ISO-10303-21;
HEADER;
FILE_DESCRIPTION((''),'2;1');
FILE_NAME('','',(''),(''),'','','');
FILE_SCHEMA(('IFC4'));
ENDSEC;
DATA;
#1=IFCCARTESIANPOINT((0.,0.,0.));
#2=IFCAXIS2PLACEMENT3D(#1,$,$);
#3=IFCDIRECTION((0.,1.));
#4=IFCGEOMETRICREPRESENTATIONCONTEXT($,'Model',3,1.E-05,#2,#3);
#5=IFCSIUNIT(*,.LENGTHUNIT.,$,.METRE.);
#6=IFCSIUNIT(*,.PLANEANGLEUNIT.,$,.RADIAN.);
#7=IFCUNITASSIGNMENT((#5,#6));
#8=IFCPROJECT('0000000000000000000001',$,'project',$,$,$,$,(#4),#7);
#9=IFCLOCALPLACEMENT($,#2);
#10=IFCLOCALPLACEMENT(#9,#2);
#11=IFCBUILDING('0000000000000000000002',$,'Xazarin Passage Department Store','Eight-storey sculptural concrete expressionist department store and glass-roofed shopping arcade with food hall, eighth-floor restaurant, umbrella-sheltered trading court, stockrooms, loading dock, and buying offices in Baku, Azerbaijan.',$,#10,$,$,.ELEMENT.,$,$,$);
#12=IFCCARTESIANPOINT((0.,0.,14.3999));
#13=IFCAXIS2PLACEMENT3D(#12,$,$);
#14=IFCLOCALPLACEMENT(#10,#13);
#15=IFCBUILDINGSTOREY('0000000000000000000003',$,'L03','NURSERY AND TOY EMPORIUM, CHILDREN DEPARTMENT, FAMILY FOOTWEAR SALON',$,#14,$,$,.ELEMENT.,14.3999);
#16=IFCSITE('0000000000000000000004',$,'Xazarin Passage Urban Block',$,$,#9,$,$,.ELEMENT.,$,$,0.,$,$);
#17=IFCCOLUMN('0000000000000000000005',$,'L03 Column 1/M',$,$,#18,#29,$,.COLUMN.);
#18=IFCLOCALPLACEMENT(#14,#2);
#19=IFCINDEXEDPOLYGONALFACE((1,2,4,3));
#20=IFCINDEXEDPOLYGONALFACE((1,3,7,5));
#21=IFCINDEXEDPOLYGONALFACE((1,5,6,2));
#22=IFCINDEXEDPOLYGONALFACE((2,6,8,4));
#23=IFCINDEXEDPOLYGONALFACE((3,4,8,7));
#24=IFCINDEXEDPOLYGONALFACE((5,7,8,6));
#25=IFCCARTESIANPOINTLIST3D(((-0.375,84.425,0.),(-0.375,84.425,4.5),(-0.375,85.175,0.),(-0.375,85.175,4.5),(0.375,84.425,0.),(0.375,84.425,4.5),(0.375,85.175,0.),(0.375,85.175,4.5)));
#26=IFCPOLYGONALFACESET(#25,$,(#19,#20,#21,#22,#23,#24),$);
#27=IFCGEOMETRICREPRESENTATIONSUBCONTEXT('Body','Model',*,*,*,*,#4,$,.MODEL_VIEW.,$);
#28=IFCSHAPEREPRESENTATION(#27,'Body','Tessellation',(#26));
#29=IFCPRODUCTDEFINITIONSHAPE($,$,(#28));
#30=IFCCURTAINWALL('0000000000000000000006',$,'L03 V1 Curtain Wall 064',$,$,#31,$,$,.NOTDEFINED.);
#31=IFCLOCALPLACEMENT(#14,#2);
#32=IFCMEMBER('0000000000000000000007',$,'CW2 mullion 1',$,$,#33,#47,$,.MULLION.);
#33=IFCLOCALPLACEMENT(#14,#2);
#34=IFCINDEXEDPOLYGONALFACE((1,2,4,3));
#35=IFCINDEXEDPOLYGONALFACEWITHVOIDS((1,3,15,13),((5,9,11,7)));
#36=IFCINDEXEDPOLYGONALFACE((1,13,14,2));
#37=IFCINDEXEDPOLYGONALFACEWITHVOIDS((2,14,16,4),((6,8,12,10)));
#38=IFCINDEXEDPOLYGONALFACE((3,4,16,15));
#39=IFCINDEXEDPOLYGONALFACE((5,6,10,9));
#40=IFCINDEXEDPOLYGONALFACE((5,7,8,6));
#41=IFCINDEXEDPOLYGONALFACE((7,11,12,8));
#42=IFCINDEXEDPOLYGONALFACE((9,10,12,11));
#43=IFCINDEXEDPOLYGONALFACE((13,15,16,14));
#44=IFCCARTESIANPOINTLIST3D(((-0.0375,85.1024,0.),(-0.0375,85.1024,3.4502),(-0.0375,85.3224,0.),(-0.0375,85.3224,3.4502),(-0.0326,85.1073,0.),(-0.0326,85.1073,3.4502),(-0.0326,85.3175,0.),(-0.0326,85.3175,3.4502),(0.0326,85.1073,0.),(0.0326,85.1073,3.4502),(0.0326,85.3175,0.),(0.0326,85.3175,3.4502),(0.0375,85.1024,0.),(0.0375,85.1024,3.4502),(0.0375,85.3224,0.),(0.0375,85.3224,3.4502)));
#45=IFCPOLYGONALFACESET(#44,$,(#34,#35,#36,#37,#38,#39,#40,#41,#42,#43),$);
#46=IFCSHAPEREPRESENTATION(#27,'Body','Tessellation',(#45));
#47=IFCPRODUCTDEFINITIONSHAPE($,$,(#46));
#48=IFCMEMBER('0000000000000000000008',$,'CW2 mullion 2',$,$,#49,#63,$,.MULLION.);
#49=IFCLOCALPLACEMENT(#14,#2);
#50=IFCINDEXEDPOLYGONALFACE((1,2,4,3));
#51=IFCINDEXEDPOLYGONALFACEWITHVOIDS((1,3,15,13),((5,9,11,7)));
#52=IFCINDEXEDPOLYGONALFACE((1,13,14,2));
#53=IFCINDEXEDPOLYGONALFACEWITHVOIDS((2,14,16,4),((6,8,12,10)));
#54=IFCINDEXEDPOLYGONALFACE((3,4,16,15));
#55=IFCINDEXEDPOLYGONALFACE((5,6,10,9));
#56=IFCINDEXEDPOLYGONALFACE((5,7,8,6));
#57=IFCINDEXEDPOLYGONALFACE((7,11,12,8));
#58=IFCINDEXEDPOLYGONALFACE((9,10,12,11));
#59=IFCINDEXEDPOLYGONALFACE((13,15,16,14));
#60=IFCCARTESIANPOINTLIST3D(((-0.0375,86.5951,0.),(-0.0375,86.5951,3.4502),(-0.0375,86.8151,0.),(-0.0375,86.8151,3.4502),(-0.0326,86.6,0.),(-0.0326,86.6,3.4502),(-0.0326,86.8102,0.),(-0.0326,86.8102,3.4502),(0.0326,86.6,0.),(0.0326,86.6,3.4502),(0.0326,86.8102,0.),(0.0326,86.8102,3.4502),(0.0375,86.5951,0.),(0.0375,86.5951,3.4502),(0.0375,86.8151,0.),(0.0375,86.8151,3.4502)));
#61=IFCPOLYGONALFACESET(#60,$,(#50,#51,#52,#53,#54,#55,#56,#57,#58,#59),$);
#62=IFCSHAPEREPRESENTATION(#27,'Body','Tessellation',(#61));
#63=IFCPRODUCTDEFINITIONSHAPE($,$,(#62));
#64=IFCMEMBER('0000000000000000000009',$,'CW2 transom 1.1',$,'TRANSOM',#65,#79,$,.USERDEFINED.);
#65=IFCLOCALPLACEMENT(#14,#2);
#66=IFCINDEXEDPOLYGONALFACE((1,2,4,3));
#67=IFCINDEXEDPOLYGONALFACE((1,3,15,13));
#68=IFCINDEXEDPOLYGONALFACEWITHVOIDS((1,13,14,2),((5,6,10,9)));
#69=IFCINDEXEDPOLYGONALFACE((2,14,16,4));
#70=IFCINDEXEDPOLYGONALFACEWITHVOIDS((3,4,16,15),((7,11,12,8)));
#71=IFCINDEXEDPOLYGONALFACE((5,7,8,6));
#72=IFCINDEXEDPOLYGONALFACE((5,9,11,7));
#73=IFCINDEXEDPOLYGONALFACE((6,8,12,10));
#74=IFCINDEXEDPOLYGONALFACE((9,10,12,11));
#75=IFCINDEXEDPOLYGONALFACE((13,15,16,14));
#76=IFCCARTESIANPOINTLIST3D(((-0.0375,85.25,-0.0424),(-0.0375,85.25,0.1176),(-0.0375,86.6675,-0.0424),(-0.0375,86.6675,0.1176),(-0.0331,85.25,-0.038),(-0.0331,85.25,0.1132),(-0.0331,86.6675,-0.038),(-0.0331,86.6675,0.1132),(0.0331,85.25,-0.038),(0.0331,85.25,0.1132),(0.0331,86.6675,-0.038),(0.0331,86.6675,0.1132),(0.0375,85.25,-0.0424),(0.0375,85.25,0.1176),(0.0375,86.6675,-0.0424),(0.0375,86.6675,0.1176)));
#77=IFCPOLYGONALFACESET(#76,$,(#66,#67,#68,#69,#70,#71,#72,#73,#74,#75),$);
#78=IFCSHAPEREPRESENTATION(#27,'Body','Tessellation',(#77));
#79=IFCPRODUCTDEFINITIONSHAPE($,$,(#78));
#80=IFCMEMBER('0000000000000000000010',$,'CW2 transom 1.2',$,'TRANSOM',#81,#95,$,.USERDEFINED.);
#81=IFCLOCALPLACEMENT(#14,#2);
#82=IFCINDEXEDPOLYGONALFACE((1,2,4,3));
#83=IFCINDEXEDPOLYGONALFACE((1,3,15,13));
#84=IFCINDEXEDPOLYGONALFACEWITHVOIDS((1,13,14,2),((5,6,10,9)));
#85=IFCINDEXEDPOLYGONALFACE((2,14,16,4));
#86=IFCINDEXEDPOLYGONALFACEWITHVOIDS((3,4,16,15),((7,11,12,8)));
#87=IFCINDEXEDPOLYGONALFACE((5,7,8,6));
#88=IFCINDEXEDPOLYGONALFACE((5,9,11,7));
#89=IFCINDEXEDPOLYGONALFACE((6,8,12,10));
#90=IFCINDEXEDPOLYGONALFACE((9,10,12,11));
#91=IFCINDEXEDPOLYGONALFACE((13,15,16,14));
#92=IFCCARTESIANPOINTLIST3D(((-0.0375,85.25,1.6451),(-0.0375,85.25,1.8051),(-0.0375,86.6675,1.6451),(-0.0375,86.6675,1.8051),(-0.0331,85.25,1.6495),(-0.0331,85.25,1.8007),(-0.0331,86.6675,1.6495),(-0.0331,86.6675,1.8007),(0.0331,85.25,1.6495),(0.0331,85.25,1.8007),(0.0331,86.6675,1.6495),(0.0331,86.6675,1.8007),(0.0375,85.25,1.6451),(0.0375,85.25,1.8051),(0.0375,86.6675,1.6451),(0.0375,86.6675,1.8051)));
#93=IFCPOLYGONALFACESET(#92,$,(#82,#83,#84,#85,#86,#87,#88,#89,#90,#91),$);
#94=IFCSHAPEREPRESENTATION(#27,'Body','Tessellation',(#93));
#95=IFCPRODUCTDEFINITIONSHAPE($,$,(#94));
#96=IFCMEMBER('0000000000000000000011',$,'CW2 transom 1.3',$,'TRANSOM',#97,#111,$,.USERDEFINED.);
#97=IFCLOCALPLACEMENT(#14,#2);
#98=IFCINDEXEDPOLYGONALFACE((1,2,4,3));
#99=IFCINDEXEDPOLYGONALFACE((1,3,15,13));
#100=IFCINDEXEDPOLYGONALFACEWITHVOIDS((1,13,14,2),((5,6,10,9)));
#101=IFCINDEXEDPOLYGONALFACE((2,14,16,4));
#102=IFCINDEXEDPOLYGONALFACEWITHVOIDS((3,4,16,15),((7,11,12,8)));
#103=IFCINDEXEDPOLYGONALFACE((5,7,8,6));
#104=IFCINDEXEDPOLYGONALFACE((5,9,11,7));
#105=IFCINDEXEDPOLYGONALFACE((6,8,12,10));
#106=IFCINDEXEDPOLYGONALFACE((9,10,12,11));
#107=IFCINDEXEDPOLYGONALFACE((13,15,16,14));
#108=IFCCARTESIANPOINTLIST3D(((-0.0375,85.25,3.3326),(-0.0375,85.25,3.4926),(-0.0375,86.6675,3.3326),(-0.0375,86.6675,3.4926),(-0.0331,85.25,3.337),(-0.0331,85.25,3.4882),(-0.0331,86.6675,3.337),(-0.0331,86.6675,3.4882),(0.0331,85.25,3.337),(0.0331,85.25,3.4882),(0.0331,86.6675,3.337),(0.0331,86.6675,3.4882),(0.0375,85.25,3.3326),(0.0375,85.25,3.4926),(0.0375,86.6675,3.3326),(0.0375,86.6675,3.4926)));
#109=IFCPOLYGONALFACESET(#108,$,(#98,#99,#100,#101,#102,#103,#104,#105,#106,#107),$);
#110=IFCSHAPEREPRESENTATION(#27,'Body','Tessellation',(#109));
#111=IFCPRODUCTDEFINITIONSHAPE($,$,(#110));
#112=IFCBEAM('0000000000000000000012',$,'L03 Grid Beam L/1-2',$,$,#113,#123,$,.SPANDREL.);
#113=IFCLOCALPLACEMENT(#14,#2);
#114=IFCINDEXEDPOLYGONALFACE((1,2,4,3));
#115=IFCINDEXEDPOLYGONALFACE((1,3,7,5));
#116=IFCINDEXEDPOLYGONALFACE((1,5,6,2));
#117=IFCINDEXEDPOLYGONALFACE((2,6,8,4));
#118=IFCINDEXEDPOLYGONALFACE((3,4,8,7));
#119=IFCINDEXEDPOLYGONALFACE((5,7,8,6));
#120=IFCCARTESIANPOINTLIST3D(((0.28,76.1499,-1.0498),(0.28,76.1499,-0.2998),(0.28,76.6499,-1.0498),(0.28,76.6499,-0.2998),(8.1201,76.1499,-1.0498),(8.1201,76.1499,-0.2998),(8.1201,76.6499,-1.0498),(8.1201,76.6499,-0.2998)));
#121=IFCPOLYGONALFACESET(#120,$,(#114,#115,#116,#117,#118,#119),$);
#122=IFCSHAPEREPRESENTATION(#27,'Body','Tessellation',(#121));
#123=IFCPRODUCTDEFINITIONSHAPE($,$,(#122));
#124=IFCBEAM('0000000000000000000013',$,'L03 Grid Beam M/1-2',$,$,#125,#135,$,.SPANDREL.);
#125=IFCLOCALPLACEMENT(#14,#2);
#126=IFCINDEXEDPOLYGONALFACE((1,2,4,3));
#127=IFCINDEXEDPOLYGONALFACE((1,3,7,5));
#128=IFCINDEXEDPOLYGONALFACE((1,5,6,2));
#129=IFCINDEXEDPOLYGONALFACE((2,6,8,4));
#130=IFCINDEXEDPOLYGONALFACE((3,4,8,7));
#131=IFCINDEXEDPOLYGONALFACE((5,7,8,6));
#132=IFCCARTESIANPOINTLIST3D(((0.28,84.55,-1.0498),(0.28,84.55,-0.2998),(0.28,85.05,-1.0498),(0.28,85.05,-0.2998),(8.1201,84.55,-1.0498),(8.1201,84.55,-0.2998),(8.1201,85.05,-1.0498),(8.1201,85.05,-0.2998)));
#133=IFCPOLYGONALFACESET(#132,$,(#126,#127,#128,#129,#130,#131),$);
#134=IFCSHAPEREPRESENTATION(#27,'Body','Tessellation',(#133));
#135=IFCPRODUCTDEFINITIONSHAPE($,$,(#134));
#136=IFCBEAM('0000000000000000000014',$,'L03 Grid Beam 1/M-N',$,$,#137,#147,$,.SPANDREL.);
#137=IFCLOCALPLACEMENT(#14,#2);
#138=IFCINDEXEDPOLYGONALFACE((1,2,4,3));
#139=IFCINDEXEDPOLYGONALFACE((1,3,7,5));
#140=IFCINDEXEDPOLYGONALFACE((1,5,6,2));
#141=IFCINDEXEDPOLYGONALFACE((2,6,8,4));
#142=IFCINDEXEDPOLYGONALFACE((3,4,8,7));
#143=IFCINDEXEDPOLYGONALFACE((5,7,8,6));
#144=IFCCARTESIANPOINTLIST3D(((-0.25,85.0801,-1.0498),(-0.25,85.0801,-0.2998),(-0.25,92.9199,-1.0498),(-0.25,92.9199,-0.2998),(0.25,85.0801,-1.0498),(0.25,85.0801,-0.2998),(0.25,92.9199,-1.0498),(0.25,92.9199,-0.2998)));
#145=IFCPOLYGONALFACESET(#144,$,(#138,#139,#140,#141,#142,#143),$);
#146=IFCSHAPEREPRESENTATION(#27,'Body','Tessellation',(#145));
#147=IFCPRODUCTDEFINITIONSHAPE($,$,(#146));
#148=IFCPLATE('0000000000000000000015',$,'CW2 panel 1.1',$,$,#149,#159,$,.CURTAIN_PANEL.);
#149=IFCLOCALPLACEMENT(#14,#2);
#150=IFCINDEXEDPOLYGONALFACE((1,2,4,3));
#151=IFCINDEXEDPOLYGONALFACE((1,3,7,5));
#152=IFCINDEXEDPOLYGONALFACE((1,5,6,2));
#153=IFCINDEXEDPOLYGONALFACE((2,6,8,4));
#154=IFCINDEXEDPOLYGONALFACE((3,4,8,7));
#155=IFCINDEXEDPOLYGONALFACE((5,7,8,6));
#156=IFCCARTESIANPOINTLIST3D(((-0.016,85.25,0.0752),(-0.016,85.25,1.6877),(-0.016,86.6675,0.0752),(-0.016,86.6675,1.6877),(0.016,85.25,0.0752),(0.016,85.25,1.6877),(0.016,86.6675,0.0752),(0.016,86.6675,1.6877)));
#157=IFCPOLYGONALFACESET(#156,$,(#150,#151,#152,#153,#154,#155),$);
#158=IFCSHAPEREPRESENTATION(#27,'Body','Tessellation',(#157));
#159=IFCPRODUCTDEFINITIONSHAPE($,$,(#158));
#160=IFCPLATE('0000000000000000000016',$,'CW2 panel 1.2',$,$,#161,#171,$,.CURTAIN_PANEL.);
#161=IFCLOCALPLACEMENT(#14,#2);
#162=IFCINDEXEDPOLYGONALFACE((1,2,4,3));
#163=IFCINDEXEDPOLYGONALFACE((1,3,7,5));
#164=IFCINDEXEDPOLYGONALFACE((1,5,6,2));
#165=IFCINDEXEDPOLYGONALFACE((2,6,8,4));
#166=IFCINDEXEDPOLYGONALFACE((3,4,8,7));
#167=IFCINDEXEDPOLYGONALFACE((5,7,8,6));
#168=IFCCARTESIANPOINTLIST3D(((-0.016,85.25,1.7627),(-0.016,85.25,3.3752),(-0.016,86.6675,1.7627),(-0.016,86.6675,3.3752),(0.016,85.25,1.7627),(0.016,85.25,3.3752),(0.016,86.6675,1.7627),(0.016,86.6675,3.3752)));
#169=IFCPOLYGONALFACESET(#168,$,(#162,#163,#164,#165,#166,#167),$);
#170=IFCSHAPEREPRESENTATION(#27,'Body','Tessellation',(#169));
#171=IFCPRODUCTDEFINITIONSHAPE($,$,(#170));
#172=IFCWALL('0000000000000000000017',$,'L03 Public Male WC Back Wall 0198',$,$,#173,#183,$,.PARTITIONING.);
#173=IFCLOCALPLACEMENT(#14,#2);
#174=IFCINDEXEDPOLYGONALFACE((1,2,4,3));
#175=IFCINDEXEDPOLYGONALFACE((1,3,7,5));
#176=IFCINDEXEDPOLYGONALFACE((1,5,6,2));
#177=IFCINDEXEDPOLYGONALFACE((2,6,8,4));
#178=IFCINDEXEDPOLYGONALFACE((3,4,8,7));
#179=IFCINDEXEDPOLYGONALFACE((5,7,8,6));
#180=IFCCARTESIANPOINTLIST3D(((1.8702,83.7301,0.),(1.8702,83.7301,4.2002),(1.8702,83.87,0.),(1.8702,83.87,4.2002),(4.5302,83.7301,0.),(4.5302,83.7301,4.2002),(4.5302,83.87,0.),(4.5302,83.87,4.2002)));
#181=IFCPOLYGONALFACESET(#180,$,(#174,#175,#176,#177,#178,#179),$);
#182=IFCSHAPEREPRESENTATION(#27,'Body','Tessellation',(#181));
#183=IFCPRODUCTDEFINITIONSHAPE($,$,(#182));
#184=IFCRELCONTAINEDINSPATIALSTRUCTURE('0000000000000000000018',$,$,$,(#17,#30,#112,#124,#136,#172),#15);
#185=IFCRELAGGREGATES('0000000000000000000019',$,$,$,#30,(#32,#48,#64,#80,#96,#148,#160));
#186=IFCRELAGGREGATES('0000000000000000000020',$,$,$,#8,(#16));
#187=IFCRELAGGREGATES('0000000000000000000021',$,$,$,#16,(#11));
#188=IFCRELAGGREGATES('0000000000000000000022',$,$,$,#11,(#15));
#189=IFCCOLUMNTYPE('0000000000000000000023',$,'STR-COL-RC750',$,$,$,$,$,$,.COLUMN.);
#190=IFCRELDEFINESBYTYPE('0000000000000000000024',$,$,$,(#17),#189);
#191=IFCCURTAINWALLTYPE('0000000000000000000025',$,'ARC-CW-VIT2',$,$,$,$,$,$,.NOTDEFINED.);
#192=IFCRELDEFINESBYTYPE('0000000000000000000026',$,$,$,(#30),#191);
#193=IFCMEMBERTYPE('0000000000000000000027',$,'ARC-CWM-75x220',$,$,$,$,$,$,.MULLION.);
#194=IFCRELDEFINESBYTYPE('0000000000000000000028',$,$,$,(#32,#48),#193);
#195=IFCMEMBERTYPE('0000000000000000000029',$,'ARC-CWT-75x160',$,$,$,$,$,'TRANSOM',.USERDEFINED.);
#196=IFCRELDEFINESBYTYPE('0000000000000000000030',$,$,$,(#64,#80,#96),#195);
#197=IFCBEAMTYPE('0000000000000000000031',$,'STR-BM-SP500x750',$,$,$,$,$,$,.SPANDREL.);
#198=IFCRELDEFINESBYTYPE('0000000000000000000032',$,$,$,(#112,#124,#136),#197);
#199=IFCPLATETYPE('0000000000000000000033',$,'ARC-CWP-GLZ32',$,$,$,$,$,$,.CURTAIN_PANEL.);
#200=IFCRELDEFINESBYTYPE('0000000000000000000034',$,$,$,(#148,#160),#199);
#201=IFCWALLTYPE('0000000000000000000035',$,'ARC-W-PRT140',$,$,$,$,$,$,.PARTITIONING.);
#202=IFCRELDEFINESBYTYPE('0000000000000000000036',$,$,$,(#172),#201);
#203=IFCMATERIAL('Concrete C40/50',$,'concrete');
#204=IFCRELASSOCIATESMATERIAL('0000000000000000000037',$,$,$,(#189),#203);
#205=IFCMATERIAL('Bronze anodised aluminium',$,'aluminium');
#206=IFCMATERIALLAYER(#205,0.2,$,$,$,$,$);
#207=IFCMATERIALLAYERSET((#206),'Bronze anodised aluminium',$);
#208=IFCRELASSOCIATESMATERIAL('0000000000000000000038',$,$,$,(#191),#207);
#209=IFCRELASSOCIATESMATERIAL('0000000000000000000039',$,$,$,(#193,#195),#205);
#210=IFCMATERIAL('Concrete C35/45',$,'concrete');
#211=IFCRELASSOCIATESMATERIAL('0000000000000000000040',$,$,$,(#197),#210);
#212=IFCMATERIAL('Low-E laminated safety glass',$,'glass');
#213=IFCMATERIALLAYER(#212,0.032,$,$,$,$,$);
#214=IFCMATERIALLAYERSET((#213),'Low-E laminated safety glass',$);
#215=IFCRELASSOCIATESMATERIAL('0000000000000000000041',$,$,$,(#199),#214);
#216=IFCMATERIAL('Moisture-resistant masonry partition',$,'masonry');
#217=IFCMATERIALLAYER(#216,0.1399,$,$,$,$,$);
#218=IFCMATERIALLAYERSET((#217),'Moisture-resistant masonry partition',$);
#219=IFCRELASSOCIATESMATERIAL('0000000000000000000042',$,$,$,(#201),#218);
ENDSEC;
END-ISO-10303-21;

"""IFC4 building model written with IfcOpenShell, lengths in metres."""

from ifc_helpers import new_model, si_unit, direction, frame, frame_2d, origin, origin_2d, place, context, subcontext, project, spatial, rectangle, hollow_rectangle, extrude, material, layer, layer_set, material_profile, profile_set, type_object, element, aggregate, save


model = new_model("IFC4")

# Units and contexts
model_context = context("Model", 3, precision=1e-05, world=origin(), true_north=direction((0.0, 1.0)))
body_context = subcontext(model_context, "Body", "Model", "MODEL_VIEW")
ifc_project = project(units=[si_unit("LENGTHUNIT", "METRE"), si_unit("PLANEANGLEUNIT", "RADIAN")], contexts=[model_context])

# Site, building, storey
site_placement = place(None, origin())
site = spatial("IfcSite", under=ifc_project, at=site_placement, Name="Xazarin Passage Urban Block", CompositionType="ELEMENT", RefElevation=0.0)
building_placement = place(site_placement, origin())
building = spatial("IfcBuilding", under=site, at=building_placement, Name="Xazarin Passage Department Store", Description="Eight-storey sculptural concrete expressionist department store and glass-roofed shopping arcade with food hall, eighth-floor restaurant, umbrella-sheltered trading court, stockrooms, loading dock, and buying offices in Baku, Azerbaijan.", CompositionType="ELEMENT")
storey_placement = place(building_placement, frame((0.0, 0.0, 14.3999)))
storey = spatial("IfcBuildingStorey", under=building, at=storey_placement, Name="L03", Description="NURSERY AND TOY EMPORIUM, CHILDREN DEPARTMENT, FAMILY FOOTWEAR SALON", CompositionType="ELEMENT", Elevation=14.3999)

# Column
ifc_material_1 = material(Name="Concrete C40/50", Category="concrete")
ifc_material_profile_1 = material_profile(ifc_material_1, rectangle(XDim=0.75, YDim=0.75, at=origin_2d()), Name="RC 750x750")
ifc_profile_set_1 = profile_set([ifc_material_profile_1], Name="Concrete C40/50")
column_type = type_object("IfcColumnType", Name="STR-COL-RC750", PredefinedType="COLUMN", material=ifc_profile_set_1)
column_placement = place(storey_placement, frame((0.0, 84.8, 0.0), z_axis=(0.0, 0.0, 1.0), x_axis=(1.0, 0.0, 0.0)))
element("IfcColumn", 1, at=column_placement, inside=storey, type_object=column_type, Name="L03 Column 1/M", PredefinedType="COLUMN", context=body_context, shape_type="SweptSolid", body=[
    extrude(rectangle(XDim=0.75, YDim=0.75, at=origin_2d()), origin(), (0.0, 0.0, 1.0), 4.5),
])

# Curtain wall, members
ifc_material_2 = material(Name="Bronze anodised aluminium", Category="aluminium")
ifc_layer_1 = layer(ifc_material_2, 0.2)
ifc_layer_set_1 = layer_set([ifc_layer_1], Name="Bronze anodised aluminium")
curtain_wall_type = type_object("IfcCurtainWallType", Name="ARC-CW-VIT2", PredefinedType="NOTDEFINED", material=ifc_layer_set_1)
curtain_wall_placement = place(storey_placement, origin())
curtain_wall = element("IfcCurtainWall", 2, at=curtain_wall_placement, inside=storey, type_object=curtain_wall_type, Name="L03 V1 Curtain Wall 064", PredefinedType="NOTDEFINED")
ifc_material_profile_2 = material_profile(ifc_material_2, hollow_rectangle(XDim=0.075, YDim=0.22, WallThickness=0.0049, at=origin_2d()), Name="ALU 75x220")
ifc_profile_set_2 = profile_set([ifc_material_profile_2], Name="Bronze anodised aluminium")
member_type_1 = type_object("IfcMemberType", Name="ARC-CWM-75x220", PredefinedType="MULLION", material=ifc_profile_set_2)
member_1_placement = place(storey_placement, frame((0.0, 85.2124, 0.0), z_axis=(0.0, 0.0, 1.0), x_axis=(-1.0, 0.0, 0.0)))
member_1 = element("IfcMember", 3, at=member_1_placement, type_object=member_type_1, Name="CW2 mullion 1", PredefinedType="MULLION", context=body_context, shape_type="SweptSolid", body=[
    extrude(hollow_rectangle(XDim=0.075, YDim=0.22, WallThickness=0.0049, at=origin_2d()), origin(), (0.0, 0.0, 1.0), 3.4502),
])
member_2_placement = place(storey_placement, frame((0.0, 86.7051, 0.0), z_axis=(0.0, 0.0, 1.0), x_axis=(-1.0, 0.0, 0.0)))
member_2 = element("IfcMember", 4, at=member_2_placement, type_object=member_type_1, Name="CW2 mullion 2", PredefinedType="MULLION", context=body_context, shape_type="SweptSolid", body=[
    extrude(hollow_rectangle(XDim=0.075, YDim=0.22, WallThickness=0.0049, at=origin_2d()), origin(), (0.0, 0.0, 1.0), 3.4502),
])
ifc_material_profile_3 = material_profile(ifc_material_2, hollow_rectangle(XDim=0.075, YDim=0.1599, WallThickness=0.0044, at=origin_2d()), Name="ALU 75x160")
ifc_profile_set_3 = profile_set([ifc_material_profile_3], Name="Bronze anodised aluminium")
member_type_2 = type_object("IfcMemberType", Name="ARC-CWT-75x160", ElementType="TRANSOM", PredefinedType="USERDEFINED", material=ifc_profile_set_3)
member_3_placement = place(storey_placement, frame((0.0, 85.25, 0.0376), z_axis=(0.0, 1.0, 0.0), x_axis=(-1.0, 0.0, 0.0)))
member_3 = element("IfcMember", 5, at=member_3_placement, type_object=member_type_2, Name="CW2 transom 1.1", ObjectType="TRANSOM", PredefinedType="USERDEFINED", context=body_context, shape_type="SweptSolid", body=[
    extrude(hollow_rectangle(XDim=0.075, YDim=0.1599, WallThickness=0.0044, at=origin_2d()), origin(), (0.0, 0.0, 1.0), 1.4175),
])
member_4_placement = place(storey_placement, frame((0.0, 85.25, 1.7251), z_axis=(0.0, 1.0, 0.0), x_axis=(-1.0, 0.0, 0.0)))
member_4 = element("IfcMember", 6, at=member_4_placement, type_object=member_type_2, Name="CW2 transom 1.2", ObjectType="TRANSOM", PredefinedType="USERDEFINED", context=body_context, shape_type="SweptSolid", body=[
    extrude(hollow_rectangle(XDim=0.075, YDim=0.1599, WallThickness=0.0044, at=origin_2d()), origin(), (0.0, 0.0, 1.0), 1.4175),
])
member_5_placement = place(storey_placement, frame((0.0, 85.25, 3.4126), z_axis=(0.0, 1.0, 0.0), x_axis=(-1.0, 0.0, 0.0)))
member_5 = element("IfcMember", 7, at=member_5_placement, type_object=member_type_2, Name="CW2 transom 1.3", ObjectType="TRANSOM", PredefinedType="USERDEFINED", context=body_context, shape_type="SweptSolid", body=[
    extrude(hollow_rectangle(XDim=0.075, YDim=0.1599, WallThickness=0.0044, at=origin_2d()), origin(), (0.0, 0.0, 1.0), 1.4175),
])

# Beams
ifc_material_3 = material(Name="Concrete C35/45", Category="concrete")
ifc_material_profile_4 = material_profile(ifc_material_3, rectangle(XDim=0.5, YDim=0.75, at=origin_2d()), Name="RC 500x750")
ifc_profile_set_4 = profile_set([ifc_material_profile_4], Name="Concrete C35/45")
beam_type = type_object("IfcBeamType", Name="STR-BM-SP500x750", PredefinedType="SPANDREL", material=ifc_profile_set_4)
for number, where, z_axis, x_axis, name in (
    (8, (0.28, 76.3999, -0.6748), (1.0, 0.0, 0.0), (0.0, 1.0, 0.0), "L03 Grid Beam L/1-2"),
    (9, (0.28, 84.8, -0.6748), (1.0, 0.0, 0.0), (0.0, 1.0, 0.0), "L03 Grid Beam M/1-2"),
):
    element("IfcBeam", number, at=place(storey_placement, frame(where, z_axis=z_axis, x_axis=x_axis)), inside=storey, type_object=beam_type, Name=name, PredefinedType="SPANDREL", context=body_context, shape_type="SweptSolid", body=[
        extrude(rectangle(XDim=0.5, YDim=0.75, at=origin_2d()), origin(), (0.0, 0.0, 1.0), 7.8401),
    ])
beam_placement = place(storey_placement, frame((0.0, 85.0801, -0.6748), z_axis=(0.0, 1.0, 0.0), x_axis=(-1.0, 0.0, 0.0)))
element("IfcBeam", 10, at=beam_placement, inside=storey, type_object=beam_type, Name="L03 Grid Beam 1/M-N", PredefinedType="SPANDREL", context=body_context, shape_type="SweptSolid", body=[
    extrude(rectangle(XDim=0.5, YDim=0.75, at=origin_2d()), origin(), (0.0, 0.0, 1.0), 7.8398),
])

# Plates
ifc_material_4 = material(Name="Low-E laminated safety glass", Category="glass")
ifc_layer_2 = layer(ifc_material_4, 0.032)
ifc_layer_set_2 = layer_set([ifc_layer_2], Name="Low-E laminated safety glass")
plate_type = type_object("IfcPlateType", Name="ARC-CWP-GLZ32", PredefinedType="CURTAIN_PANEL", material=ifc_layer_set_2)
plate_1_placement = place(storey_placement, frame((0.0, 85.9587, 0.0752), z_axis=(0.0, 0.0, 1.0), x_axis=(0.0, 1.0, 0.0)))
plate_1 = element("IfcPlate", 11, at=plate_1_placement, type_object=plate_type, Name="CW2 panel 1.1", PredefinedType="CURTAIN_PANEL", context=body_context, shape_type="SweptSolid", body=[
    extrude(rectangle(XDim=1.4175, YDim=0.032, at=origin_2d()), origin(), (0.0, 0.0, 1.0), 1.6125),
])
plate_2_placement = place(storey_placement, frame((0.0, 85.9587, 1.7627), z_axis=(0.0, 0.0, 1.0), x_axis=(0.0, 1.0, 0.0)))
plate_2 = element("IfcPlate", 12, at=plate_2_placement, type_object=plate_type, Name="CW2 panel 1.2", PredefinedType="CURTAIN_PANEL", context=body_context, shape_type="SweptSolid", body=[
    extrude(rectangle(XDim=1.4175, YDim=0.032, at=origin_2d()), origin(), (0.0, 0.0, 1.0), 1.6125),
])
aggregate(curtain_wall, [member_1, member_2, member_3, member_4, member_5, plate_1, plate_2])

# Shared definitions
ifc_material_5 = material(Name="Moisture-resistant masonry partition", Category="masonry")
ifc_layer_3 = layer(ifc_material_5, 0.1399)
ifc_layer_set_3 = layer_set([ifc_layer_3], Name="Moisture-resistant masonry partition")
wall_type_1 = type_object("IfcWallType", Name="ARC-W-PRT140", PredefinedType="PARTITIONING", material=ifc_layer_set_3)

# Wall
wall_1_placement = place(storey_placement, frame((1.8701, 83.8, 0.0), z_axis=(0.0, 0.0, 1.0), x_axis=(1.0, 0.0, 0.0)))
element("IfcWall", 13, at=wall_1_placement, inside=storey, type_object=wall_type_1, Name="L03 Public Male WC Back Wall 0198", PredefinedType="PARTITIONING", context=body_context, shape_type="SweptSolid", body=[
    extrude(rectangle(XDim=2.6599, YDim=0.1399, at=frame_2d((1.3301, 0.0))), origin(), (0.0, 0.0, 1.0), 4.2002),
])

save(model, "model.ifc")
